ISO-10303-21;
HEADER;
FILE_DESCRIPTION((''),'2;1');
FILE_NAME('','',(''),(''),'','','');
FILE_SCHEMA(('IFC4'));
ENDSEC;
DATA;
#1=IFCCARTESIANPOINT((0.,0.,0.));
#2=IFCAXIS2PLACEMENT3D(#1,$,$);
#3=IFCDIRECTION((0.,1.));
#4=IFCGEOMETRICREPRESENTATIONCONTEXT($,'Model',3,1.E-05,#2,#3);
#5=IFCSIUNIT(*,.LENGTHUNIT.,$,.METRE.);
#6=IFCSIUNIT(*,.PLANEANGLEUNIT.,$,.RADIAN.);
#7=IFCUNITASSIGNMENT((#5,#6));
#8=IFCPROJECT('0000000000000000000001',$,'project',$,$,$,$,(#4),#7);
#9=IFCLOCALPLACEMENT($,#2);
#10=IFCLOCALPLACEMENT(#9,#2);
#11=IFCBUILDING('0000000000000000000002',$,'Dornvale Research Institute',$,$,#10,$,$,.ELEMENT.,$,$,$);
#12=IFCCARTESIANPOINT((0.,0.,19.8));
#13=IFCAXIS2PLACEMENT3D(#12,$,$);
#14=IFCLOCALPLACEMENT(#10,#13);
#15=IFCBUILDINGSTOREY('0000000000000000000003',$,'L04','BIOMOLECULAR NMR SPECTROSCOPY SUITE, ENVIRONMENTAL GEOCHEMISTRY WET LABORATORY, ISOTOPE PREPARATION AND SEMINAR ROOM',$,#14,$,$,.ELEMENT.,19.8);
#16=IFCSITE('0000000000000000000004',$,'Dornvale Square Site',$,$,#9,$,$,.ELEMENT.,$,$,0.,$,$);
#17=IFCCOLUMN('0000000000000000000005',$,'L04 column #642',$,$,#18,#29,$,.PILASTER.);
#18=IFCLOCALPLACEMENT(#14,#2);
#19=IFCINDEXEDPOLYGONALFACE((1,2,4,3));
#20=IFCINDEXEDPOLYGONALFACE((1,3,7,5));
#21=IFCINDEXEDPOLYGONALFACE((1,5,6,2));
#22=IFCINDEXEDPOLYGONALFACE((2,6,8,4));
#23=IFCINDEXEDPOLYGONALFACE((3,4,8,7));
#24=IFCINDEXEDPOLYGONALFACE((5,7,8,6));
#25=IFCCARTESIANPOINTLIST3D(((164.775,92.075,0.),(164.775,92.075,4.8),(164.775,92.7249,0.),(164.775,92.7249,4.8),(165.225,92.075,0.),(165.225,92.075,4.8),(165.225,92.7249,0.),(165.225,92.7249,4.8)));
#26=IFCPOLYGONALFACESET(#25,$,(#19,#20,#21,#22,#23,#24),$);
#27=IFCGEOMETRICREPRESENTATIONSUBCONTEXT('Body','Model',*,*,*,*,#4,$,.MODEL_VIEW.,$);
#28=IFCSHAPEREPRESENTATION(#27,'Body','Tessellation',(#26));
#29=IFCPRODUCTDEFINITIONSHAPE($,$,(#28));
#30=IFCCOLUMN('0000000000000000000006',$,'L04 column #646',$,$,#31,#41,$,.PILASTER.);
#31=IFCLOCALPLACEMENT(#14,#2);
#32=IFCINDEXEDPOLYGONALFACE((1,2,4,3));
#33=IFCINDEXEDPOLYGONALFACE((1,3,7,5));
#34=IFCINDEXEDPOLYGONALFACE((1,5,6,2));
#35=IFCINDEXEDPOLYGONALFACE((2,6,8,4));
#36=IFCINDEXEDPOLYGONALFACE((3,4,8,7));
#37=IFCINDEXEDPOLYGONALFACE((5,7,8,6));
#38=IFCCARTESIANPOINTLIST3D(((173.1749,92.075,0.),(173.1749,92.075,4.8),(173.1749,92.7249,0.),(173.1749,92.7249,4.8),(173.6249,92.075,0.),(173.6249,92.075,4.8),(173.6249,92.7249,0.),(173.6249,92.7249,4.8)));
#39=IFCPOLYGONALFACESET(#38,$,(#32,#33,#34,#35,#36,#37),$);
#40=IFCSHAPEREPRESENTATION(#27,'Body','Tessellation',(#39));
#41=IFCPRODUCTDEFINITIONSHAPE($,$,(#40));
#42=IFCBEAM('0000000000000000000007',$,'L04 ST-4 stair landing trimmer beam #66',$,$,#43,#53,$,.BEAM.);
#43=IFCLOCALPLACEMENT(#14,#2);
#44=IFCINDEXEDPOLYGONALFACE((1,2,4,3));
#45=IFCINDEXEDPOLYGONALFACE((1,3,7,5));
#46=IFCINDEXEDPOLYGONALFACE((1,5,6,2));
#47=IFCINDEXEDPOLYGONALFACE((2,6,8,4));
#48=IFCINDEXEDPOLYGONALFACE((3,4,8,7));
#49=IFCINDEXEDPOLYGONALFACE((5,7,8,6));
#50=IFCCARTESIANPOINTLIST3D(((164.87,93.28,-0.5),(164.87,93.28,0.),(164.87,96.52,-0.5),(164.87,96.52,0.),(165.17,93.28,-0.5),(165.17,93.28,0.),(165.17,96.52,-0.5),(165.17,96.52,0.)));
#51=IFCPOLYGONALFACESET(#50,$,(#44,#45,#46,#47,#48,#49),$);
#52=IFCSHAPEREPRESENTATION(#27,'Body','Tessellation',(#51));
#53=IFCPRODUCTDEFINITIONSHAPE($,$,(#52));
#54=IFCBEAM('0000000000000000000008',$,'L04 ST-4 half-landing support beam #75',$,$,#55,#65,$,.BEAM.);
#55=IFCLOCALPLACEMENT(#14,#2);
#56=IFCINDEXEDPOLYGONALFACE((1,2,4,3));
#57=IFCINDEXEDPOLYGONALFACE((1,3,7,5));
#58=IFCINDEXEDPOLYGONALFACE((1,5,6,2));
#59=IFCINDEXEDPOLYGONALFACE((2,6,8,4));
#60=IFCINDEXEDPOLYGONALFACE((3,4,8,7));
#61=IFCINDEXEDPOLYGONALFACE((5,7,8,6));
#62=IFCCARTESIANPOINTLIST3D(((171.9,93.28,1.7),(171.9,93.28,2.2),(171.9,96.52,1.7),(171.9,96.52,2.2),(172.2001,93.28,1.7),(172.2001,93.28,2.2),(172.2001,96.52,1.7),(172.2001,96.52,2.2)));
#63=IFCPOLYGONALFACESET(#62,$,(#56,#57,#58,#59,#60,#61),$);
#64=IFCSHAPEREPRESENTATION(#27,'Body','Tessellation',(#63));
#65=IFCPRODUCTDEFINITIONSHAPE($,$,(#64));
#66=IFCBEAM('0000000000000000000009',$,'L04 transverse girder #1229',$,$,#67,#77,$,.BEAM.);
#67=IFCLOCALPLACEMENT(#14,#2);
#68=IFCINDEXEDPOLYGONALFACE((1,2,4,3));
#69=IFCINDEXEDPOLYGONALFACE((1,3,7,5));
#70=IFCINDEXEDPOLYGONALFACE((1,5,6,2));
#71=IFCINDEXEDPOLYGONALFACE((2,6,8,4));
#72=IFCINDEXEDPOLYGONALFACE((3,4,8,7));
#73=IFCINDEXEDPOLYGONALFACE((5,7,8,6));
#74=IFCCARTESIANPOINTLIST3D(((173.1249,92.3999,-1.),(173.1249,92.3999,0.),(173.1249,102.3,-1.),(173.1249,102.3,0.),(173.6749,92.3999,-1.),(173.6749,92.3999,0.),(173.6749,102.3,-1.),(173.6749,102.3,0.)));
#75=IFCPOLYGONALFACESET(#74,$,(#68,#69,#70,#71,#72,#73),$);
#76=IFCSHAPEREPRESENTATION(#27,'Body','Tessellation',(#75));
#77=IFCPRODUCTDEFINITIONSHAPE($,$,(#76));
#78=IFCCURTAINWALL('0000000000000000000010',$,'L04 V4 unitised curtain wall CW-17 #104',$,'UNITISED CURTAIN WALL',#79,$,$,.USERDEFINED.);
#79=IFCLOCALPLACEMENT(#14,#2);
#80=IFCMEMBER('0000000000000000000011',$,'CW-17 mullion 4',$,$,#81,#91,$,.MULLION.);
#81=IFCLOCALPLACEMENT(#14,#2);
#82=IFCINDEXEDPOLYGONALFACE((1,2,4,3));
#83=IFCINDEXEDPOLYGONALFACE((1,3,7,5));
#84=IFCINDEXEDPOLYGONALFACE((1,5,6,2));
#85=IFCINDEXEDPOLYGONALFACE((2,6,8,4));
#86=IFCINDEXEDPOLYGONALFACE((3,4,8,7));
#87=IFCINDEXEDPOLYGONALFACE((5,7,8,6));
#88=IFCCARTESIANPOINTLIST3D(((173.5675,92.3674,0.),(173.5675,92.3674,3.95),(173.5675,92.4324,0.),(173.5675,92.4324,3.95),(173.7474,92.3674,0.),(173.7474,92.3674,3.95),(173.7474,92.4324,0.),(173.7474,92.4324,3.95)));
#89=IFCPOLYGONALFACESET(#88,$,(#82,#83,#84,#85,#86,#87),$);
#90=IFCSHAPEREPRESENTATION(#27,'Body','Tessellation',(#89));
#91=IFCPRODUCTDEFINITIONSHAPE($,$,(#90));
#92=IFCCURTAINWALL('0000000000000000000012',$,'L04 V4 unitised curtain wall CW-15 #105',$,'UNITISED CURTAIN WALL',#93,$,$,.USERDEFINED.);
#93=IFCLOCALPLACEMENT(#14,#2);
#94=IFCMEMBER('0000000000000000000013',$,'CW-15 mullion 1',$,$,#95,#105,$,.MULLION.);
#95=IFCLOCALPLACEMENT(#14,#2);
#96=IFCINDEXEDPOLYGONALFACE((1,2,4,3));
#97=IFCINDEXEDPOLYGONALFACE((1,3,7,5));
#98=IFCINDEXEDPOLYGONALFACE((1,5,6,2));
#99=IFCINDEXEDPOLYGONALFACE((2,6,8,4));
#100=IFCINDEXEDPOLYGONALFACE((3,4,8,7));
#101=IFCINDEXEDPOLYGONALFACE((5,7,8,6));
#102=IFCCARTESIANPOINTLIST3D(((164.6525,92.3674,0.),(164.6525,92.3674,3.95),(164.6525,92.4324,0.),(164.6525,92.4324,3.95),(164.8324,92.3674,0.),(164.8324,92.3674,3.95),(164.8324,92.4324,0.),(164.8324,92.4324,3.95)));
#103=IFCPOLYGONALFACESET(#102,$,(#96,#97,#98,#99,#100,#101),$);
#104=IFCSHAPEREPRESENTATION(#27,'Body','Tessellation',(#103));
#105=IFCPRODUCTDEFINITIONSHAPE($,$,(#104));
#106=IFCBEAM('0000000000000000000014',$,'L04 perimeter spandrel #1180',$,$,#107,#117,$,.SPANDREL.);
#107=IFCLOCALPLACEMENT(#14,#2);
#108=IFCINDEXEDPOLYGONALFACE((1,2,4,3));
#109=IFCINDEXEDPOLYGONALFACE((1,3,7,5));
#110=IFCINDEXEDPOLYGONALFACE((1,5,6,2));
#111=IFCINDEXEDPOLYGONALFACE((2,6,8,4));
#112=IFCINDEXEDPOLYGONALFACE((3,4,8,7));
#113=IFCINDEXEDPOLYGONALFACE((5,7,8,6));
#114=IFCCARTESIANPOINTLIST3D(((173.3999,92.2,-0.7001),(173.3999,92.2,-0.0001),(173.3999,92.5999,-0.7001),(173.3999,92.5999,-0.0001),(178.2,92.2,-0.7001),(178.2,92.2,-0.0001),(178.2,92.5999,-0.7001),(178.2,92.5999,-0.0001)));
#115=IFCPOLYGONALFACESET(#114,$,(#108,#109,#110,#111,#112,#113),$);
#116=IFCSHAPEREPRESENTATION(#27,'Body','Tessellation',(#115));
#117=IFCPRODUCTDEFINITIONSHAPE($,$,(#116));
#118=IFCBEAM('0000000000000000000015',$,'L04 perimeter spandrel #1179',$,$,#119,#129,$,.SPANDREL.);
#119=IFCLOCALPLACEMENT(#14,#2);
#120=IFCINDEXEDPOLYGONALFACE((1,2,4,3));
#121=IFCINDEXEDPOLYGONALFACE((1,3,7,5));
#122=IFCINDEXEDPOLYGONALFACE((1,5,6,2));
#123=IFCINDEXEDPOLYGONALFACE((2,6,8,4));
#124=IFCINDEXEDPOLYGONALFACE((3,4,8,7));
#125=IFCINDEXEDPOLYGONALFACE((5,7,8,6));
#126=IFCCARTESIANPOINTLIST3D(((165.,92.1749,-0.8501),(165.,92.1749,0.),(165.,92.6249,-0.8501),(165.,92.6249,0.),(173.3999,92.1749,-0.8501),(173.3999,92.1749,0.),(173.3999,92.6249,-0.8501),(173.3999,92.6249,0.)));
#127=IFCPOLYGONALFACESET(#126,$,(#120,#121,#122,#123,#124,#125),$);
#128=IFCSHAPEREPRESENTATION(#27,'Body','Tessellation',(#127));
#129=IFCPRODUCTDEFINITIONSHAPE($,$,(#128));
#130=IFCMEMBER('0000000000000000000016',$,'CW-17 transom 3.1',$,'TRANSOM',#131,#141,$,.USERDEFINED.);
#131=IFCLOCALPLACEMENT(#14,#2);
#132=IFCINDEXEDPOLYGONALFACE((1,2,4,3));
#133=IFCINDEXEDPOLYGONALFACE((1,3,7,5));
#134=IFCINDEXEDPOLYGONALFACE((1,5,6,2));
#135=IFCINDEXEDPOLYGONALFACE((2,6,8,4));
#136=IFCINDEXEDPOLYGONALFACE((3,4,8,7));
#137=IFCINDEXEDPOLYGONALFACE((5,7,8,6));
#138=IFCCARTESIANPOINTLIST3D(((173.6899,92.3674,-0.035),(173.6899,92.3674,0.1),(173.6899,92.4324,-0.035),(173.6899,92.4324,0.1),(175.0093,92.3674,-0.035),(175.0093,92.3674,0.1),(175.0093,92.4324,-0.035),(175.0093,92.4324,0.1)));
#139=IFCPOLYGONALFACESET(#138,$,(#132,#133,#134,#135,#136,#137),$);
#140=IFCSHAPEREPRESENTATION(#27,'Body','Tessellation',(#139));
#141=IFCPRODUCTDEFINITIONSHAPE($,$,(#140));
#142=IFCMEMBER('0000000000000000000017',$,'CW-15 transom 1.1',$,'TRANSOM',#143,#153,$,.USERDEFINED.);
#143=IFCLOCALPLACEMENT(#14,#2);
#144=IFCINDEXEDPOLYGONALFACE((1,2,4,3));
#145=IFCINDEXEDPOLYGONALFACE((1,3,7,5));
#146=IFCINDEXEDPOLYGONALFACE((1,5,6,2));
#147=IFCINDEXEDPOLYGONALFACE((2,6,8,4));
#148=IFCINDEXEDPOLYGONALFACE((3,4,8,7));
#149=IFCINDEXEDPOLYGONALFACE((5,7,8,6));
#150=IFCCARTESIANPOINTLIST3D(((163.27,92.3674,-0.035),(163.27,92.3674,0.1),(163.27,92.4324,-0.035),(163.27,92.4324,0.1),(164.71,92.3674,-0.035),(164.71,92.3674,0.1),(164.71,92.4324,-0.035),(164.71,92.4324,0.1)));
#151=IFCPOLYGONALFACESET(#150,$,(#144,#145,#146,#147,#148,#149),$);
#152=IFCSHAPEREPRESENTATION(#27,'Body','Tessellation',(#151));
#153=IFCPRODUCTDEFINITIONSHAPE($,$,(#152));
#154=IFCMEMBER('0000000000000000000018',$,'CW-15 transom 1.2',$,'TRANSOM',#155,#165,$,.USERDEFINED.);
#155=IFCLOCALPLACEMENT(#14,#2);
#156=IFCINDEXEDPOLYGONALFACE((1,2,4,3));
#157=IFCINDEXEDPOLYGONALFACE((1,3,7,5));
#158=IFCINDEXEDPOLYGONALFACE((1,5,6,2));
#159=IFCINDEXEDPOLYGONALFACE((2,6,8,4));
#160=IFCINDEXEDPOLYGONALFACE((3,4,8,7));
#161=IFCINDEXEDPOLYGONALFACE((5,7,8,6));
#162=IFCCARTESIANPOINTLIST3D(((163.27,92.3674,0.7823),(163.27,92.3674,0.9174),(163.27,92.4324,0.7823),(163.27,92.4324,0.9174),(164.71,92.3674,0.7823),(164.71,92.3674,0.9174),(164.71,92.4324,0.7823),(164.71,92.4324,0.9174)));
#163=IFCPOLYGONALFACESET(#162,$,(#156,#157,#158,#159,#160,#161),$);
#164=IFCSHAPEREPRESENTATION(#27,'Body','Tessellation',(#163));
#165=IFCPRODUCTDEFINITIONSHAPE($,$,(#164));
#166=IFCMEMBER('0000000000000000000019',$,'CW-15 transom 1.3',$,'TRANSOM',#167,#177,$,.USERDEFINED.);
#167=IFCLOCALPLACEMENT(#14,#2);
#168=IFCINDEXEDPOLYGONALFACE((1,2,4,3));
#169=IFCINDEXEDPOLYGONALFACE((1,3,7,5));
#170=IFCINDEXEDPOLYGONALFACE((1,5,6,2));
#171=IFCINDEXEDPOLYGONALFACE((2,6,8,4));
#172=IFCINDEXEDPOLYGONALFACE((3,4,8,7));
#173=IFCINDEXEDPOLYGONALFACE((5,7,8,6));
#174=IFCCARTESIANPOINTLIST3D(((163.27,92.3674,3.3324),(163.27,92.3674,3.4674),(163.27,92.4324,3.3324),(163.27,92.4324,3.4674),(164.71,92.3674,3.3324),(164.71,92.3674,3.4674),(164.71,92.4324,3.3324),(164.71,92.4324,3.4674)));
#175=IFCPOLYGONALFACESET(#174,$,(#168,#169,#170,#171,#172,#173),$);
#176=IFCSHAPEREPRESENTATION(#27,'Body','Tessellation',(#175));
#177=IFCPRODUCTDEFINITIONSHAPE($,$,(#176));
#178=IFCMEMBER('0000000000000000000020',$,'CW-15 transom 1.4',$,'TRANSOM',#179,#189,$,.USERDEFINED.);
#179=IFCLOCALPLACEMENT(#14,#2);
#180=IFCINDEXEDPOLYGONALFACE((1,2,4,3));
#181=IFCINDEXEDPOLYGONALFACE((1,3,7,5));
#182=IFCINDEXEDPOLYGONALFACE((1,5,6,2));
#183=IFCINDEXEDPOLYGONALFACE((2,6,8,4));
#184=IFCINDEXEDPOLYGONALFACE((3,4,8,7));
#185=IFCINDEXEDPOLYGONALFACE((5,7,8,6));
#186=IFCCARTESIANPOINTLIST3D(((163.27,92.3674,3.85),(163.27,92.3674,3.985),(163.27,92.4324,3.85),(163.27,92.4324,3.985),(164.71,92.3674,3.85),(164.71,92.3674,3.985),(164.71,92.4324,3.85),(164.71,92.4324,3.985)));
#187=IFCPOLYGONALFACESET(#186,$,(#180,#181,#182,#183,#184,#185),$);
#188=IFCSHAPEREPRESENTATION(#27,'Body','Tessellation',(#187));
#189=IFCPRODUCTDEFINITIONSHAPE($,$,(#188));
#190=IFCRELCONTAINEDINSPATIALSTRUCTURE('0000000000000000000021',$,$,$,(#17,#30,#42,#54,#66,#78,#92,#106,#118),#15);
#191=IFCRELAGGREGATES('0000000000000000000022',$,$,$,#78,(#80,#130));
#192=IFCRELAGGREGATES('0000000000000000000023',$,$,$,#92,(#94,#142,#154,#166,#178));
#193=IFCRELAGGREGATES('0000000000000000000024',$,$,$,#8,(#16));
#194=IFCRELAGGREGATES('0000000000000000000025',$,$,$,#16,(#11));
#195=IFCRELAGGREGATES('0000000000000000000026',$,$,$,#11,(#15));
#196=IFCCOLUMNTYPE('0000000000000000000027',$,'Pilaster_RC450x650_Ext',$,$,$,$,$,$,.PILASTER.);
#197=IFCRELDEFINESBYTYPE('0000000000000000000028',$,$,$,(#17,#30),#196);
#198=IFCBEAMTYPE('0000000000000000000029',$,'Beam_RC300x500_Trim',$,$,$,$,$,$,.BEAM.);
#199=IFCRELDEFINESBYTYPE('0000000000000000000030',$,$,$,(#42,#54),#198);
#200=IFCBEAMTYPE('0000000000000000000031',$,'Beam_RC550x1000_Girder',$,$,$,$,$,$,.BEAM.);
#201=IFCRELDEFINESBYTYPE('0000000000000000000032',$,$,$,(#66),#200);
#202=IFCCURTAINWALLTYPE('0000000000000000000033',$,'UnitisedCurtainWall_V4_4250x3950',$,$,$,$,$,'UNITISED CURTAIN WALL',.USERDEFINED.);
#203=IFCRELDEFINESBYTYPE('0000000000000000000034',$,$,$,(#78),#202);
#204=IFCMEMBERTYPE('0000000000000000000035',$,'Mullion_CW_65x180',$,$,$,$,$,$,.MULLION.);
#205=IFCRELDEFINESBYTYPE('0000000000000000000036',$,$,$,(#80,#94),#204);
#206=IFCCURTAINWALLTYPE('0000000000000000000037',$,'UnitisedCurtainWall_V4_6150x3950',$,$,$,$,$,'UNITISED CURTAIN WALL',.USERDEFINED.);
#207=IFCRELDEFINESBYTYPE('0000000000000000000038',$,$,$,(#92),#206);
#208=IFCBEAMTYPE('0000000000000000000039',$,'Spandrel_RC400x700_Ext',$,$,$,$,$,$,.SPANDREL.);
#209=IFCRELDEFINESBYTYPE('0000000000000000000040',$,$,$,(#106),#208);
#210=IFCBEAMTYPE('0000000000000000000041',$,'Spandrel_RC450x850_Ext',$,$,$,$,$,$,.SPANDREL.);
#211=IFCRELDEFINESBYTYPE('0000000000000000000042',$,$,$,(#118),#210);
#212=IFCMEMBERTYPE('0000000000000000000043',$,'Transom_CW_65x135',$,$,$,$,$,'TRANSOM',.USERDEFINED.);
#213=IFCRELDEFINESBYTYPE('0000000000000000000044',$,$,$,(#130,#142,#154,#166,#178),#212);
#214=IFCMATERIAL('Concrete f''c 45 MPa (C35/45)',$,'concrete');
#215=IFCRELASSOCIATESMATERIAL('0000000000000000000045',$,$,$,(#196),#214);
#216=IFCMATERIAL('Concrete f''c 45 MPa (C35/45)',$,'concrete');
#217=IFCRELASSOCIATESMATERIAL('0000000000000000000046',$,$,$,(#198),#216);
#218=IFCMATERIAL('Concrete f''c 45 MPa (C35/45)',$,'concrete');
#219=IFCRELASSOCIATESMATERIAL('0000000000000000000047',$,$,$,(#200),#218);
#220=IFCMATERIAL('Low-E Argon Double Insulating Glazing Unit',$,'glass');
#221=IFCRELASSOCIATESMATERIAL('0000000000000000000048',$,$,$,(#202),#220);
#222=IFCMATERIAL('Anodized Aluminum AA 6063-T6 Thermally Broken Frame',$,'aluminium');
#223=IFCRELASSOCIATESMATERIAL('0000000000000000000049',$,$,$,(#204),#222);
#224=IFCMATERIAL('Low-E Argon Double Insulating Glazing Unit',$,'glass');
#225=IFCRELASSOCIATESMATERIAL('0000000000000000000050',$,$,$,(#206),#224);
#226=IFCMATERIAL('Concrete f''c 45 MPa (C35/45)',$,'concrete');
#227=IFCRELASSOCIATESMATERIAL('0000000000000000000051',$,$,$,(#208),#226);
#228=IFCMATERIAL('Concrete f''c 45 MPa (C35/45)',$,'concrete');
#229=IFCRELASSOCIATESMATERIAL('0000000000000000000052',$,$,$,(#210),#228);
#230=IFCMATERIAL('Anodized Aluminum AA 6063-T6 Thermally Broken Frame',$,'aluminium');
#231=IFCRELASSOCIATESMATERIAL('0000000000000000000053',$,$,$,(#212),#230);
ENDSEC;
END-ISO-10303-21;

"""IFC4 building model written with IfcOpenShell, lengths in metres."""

from ifc_helpers import new_model, si_unit, direction, frame, origin, origin_2d, place, context, subcontext, project, spatial, rectangle, extrude, material, material_profile, profile_set, type_object, element, aggregate, save


model = new_model("IFC4")

# Units and contexts
model_context = context("Model", 3, precision=1e-05, world=origin(), true_north=direction((0.0, 1.0)))
body_context = subcontext(model_context, "Body", "Model", "MODEL_VIEW")
ifc_project = project(units=[si_unit("LENGTHUNIT", "METRE"), si_unit("PLANEANGLEUNIT", "RADIAN")], contexts=[model_context])

# Site, building, storey
site_placement = place(None, origin())
site = spatial("IfcSite", under=ifc_project, at=site_placement, Name="Dornvale Square Site", CompositionType="ELEMENT", RefElevation=0.0)
building_placement = place(site_placement, origin())
building = spatial("IfcBuilding", under=site, at=building_placement, Name="Dornvale Research Institute", CompositionType="ELEMENT")
storey_placement = place(building_placement, frame((0.0, 0.0, 19.8)))
storey = spatial("IfcBuildingStorey", under=building, at=storey_placement, Name="L04", Description="BIOMOLECULAR NMR SPECTROSCOPY SUITE, ENVIRONMENTAL GEOCHEMISTRY WET LABORATORY, ISOTOPE PREPARATION AND SEMINAR ROOM", CompositionType="ELEMENT", Elevation=19.8)

# Columns
ifc_material_1 = material(Name="Concrete f'c 45 MPa (C35/45)", Category="concrete")
ifc_material_profile_1 = material_profile(ifc_material_1, rectangle(XDim=0.45, YDim=0.6499, at=origin_2d()), Name="RC 450x650")
ifc_profile_set_1 = profile_set([ifc_material_profile_1], Name="Concrete f'c 45 MPa (C35/45)")
column_type = type_object("IfcColumnType", Name="Pilaster_RC450x650_Ext", PredefinedType="PILASTER", material=ifc_profile_set_1)
for number, where, z_axis, x_axis, name in (
    (1, (165.0, 92.3999, 0.0), (0.0, 0.0, 1.0), (1.0, 0.0, 0.0), "L04 column #642"),
    (2, (173.3999, 92.3999, 0.0), (0.0, 0.0, 1.0), (1.0, 0.0, 0.0), "L04 column #646"),
):
    element("IfcColumn", number, at=place(storey_placement, frame(where, z_axis=z_axis, x_axis=x_axis)), inside=storey, type_object=column_type, Name=name, PredefinedType="PILASTER", context=body_context, shape_type="SweptSolid", body=[
        extrude(rectangle(XDim=0.45, YDim=0.6499, at=origin_2d()), origin(), (0.0, 0.0, 1.0), 4.8),
    ])

# Beams
ifc_material_2 = material(Name="Concrete f'c 45 MPa (C35/45)", Category="concrete")
ifc_material_profile_2 = material_profile(ifc_material_2, rectangle(XDim=0.3, YDim=0.5, at=origin_2d()), Name="RC 300x500")
ifc_profile_set_2 = profile_set([ifc_material_profile_2], Name="Concrete f'c 45 MPa (C35/45)")
beam_type_1 = type_object("IfcBeamType", Name="Beam_RC300x500_Trim", PredefinedType="BEAM", material=ifc_profile_set_2)
for number, where, z_axis, x_axis, name in (
    (3, (165.02, 93.28, -0.25), (0.0, 1.0, 0.0), (-1.0, 0.0, 0.0), "L04 ST-4 stair landing trimmer beam #66"),
    (4, (172.05, 93.28, 1.95), (0.0, 1.0, 0.0), (-1.0, 0.0, 0.0), "L04 ST-4 half-landing support beam #75"),
):
    element("IfcBeam", number, at=place(storey_placement, frame(where, z_axis=z_axis, x_axis=x_axis)), inside=storey, type_object=beam_type_1, Name=name, PredefinedType="BEAM", context=body_context, shape_type="SweptSolid", body=[
        extrude(rectangle(XDim=0.3, YDim=0.5, at=origin_2d()), origin(), (0.0, 0.0, 1.0), 3.24),
    ])
ifc_material_3 = material(Name="Concrete f'c 45 MPa (C35/45)", Category="concrete")
ifc_material_profile_3 = material_profile(ifc_material_3, rectangle(XDim=0.55, YDim=1.0, at=origin_2d()), Name="RC 550x1000")
ifc_profile_set_3 = profile_set([ifc_material_profile_3], Name="Concrete f'c 45 MPa (C35/45)")
beam_type_2 = type_object("IfcBeamType", Name="Beam_RC550x1000_Girder", PredefinedType="BEAM", material=ifc_profile_set_3)
beam_1_placement = place(storey_placement, frame((173.3999, 92.3999, -0.5), z_axis=(0.0, 1.0, 0.0), x_axis=(-1.0, 0.0, 0.0)))
element("IfcBeam", 5, at=beam_1_placement, inside=storey, type_object=beam_type_2, Name="L04 transverse girder #1229", PredefinedType="BEAM", context=body_context, shape_type="SweptSolid", body=[
    extrude(rectangle(XDim=0.55, YDim=1.0, at=origin_2d()), origin(), (0.0, 0.0, 1.0), 9.9001),
])

# Curtain walls, members
ifc_material_4 = material(Name="Low-E Argon Double Insulating Glazing Unit", Category="glass")
curtain_wall_type_1 = type_object("IfcCurtainWallType", Name="UnitisedCurtainWall_V4_4250x3950", ElementType="UNITISED CURTAIN WALL", PredefinedType="USERDEFINED", material=ifc_material_4)
curtain_wall_1_placement = place(storey_placement, origin())
curtain_wall_1 = element("IfcCurtainWall", 6, at=curtain_wall_1_placement, inside=storey, type_object=curtain_wall_type_1, Name="L04 V4 unitised curtain wall CW-17 #104", ObjectType="UNITISED CURTAIN WALL", PredefinedType="USERDEFINED")
ifc_material_5 = material(Name="Anodized Aluminum AA 6063-T6 Thermally Broken Frame", Category="aluminium")
ifc_material_profile_4 = material_profile(ifc_material_5, rectangle(XDim=0.0649, YDim=0.1799, at=origin_2d()), Name="ALU MULLION 65x180")
ifc_profile_set_4 = profile_set([ifc_material_profile_4], Name="Anodized Aluminum AA 6063-T6 Thermally Broken Frame")
member_type_1 = type_object("IfcMemberType", Name="Mullion_CW_65x180", PredefinedType="MULLION", material=ifc_profile_set_4)
member_1_placement = place(storey_placement, frame((173.6575, 92.3999, 0.0), z_axis=(0.0, 0.0, 1.0), x_axis=(0.0, -1.0, 0.0)))
member_1 = element("IfcMember", 7, at=member_1_placement, type_object=member_type_1, Name="CW-17 mullion 4", PredefinedType="MULLION", context=body_context, shape_type="SweptSolid", body=[
    extrude(rectangle(XDim=0.0649, YDim=0.1799, at=origin_2d()), origin(), (0.0, 0.0, 1.0), 3.95),
])
ifc_material_6 = material(Name="Low-E Argon Double Insulating Glazing Unit", Category="glass")
curtain_wall_type_2 = type_object("IfcCurtainWallType", Name="UnitisedCurtainWall_V4_6150x3950", ElementType="UNITISED CURTAIN WALL", PredefinedType="USERDEFINED", material=ifc_material_6)
curtain_wall_2_placement = place(storey_placement, origin())
curtain_wall_2 = element("IfcCurtainWall", 8, at=curtain_wall_2_placement, inside=storey, type_object=curtain_wall_type_2, Name="L04 V4 unitised curtain wall CW-15 #105", ObjectType="UNITISED CURTAIN WALL", PredefinedType="USERDEFINED")
member_2_placement = place(storey_placement, frame((164.7424, 92.3999, 0.0), z_axis=(0.0, 0.0, 1.0), x_axis=(0.0, -1.0, 0.0)))
member_2 = element("IfcMember", 9, at=member_2_placement, type_object=member_type_1, Name="CW-15 mullion 1", PredefinedType="MULLION", context=body_context, shape_type="SweptSolid", body=[
    extrude(rectangle(XDim=0.0649, YDim=0.1799, at=origin_2d()), origin(), (0.0, 0.0, 1.0), 3.95),
])

# Beams
ifc_material_7 = material(Name="Concrete f'c 45 MPa (C35/45)", Category="concrete")
ifc_material_profile_5 = material_profile(ifc_material_7, rectangle(XDim=0.3999, YDim=0.7, at=origin_2d()), Name="RC 400x700")
ifc_profile_set_5 = profile_set([ifc_material_profile_5], Name="Concrete f'c 45 MPa (C35/45)")
beam_type_3 = type_object("IfcBeamType", Name="Spandrel_RC400x700_Ext", PredefinedType="SPANDREL", material=ifc_profile_set_5)
beam_2_placement = place(storey_placement, frame((173.3999, 92.3999, -0.3501), z_axis=(1.0, 0.0, 0.0), x_axis=(0.0, 1.0, 0.0)))
element("IfcBeam", 10, at=beam_2_placement, inside=storey, type_object=beam_type_3, Name="L04 perimeter spandrel #1180", PredefinedType="SPANDREL", context=body_context, shape_type="SweptSolid", body=[
    extrude(rectangle(XDim=0.3999, YDim=0.7, at=origin_2d()), origin(), (0.0, 0.0, 1.0), 4.8),
])
ifc_material_8 = material(Name="Concrete f'c 45 MPa (C35/45)", Category="concrete")
ifc_material_profile_6 = material_profile(ifc_material_8, rectangle(XDim=0.45, YDim=0.8501, at=origin_2d()), Name="RC 450x850")
ifc_profile_set_6 = profile_set([ifc_material_profile_6], Name="Concrete f'c 45 MPa (C35/45)")
beam_type_4 = type_object("IfcBeamType", Name="Spandrel_RC450x850_Ext", PredefinedType="SPANDREL", material=ifc_profile_set_6)
beam_3_placement = place(storey_placement, frame((165.0, 92.3999, -0.425), z_axis=(1.0, 0.0, 0.0), x_axis=(0.0, 1.0, 0.0)))
element("IfcBeam", 11, at=beam_3_placement, inside=storey, type_object=beam_type_4, Name="L04 perimeter spandrel #1179", PredefinedType="SPANDREL", context=body_context, shape_type="SweptSolid", body=[
    extrude(rectangle(XDim=0.45, YDim=0.8501, at=origin_2d()), origin(), (0.0, 0.0, 1.0), 8.3999),
])

# Members
ifc_material_9 = material(Name="Anodized Aluminum AA 6063-T6 Thermally Broken Frame", Category="aluminium")
ifc_material_profile_7 = material_profile(ifc_material_9, rectangle(XDim=0.0649, YDim=0.135, at=origin_2d()), Name="ALU TRANSOM 65x135")
ifc_profile_set_7 = profile_set([ifc_material_profile_7], Name="Anodized Aluminum AA 6063-T6 Thermally Broken Frame")
member_type_2 = type_object("IfcMemberType", Name="Transom_CW_65x135", ElementType="TRANSOM", PredefinedType="USERDEFINED", material=ifc_profile_set_7)
member_3_placement = place(storey_placement, frame((175.0093, 92.3999, 0.0325), z_axis=(-1.0, 0.0, 0.0), x_axis=(0.0, -1.0, 0.0)))
member_3 = element("IfcMember", 12, at=member_3_placement, type_object=member_type_2, Name="CW-17 transom 3.1", ObjectType="TRANSOM", PredefinedType="USERDEFINED", context=body_context, shape_type="SweptSolid", body=[
    extrude(rectangle(XDim=0.0649, YDim=0.135, at=origin_2d()), origin(), (0.0, 0.0, 1.0), 1.3193),
])
member_4_placement = place(storey_placement, frame((164.71, 92.3999, 0.0325), z_axis=(-1.0, 0.0, 0.0), x_axis=(0.0, -1.0, 0.0)))
member_4 = element("IfcMember", 13, at=member_4_placement, type_object=member_type_2, Name="CW-15 transom 1.1", ObjectType="TRANSOM", PredefinedType="USERDEFINED", context=body_context, shape_type="SweptSolid", body=[
    extrude(rectangle(XDim=0.0649, YDim=0.135, at=origin_2d()), origin(), (0.0, 0.0, 1.0), 1.4399),
])
member_5_placement = place(storey_placement, frame((164.71, 92.3999, 0.8499), z_axis=(-1.0, 0.0, 0.0), x_axis=(0.0, -1.0, 0.0)))
member_5 = element("IfcMember", 14, at=member_5_placement, type_object=member_type_2, Name="CW-15 transom 1.2", ObjectType="TRANSOM", PredefinedType="USERDEFINED", context=body_context, shape_type="SweptSolid", body=[
    extrude(rectangle(XDim=0.0649, YDim=0.135, at=origin_2d()), origin(), (0.0, 0.0, 1.0), 1.4399),
])
member_6_placement = place(storey_placement, frame((164.71, 92.3999, 3.3999), z_axis=(-1.0, 0.0, 0.0), x_axis=(0.0, -1.0, 0.0)))
member_6 = element("IfcMember", 15, at=member_6_placement, type_object=member_type_2, Name="CW-15 transom 1.3", ObjectType="TRANSOM", PredefinedType="USERDEFINED", context=body_context, shape_type="SweptSolid", body=[
    extrude(rectangle(XDim=0.0649, YDim=0.135, at=origin_2d()), origin(), (0.0, 0.0, 1.0), 1.4399),
])
member_7_placement = place(storey_placement, frame((164.71, 92.3999, 3.9175), z_axis=(-1.0, 0.0, 0.0), x_axis=(0.0, -1.0, 0.0)))
member_7 = element("IfcMember", 16, at=member_7_placement, type_object=member_type_2, Name="CW-15 transom 1.4", ObjectType="TRANSOM", PredefinedType="USERDEFINED", context=body_context, shape_type="SweptSolid", body=[
    extrude(rectangle(XDim=0.0649, YDim=0.135, at=origin_2d()), origin(), (0.0, 0.0, 1.0), 1.4399),
])

aggregate(curtain_wall_1, [member_1, member_3])
aggregate(curtain_wall_2, [member_2, member_4, member_5, member_6, member_7])

save(model, "model.ifc")
